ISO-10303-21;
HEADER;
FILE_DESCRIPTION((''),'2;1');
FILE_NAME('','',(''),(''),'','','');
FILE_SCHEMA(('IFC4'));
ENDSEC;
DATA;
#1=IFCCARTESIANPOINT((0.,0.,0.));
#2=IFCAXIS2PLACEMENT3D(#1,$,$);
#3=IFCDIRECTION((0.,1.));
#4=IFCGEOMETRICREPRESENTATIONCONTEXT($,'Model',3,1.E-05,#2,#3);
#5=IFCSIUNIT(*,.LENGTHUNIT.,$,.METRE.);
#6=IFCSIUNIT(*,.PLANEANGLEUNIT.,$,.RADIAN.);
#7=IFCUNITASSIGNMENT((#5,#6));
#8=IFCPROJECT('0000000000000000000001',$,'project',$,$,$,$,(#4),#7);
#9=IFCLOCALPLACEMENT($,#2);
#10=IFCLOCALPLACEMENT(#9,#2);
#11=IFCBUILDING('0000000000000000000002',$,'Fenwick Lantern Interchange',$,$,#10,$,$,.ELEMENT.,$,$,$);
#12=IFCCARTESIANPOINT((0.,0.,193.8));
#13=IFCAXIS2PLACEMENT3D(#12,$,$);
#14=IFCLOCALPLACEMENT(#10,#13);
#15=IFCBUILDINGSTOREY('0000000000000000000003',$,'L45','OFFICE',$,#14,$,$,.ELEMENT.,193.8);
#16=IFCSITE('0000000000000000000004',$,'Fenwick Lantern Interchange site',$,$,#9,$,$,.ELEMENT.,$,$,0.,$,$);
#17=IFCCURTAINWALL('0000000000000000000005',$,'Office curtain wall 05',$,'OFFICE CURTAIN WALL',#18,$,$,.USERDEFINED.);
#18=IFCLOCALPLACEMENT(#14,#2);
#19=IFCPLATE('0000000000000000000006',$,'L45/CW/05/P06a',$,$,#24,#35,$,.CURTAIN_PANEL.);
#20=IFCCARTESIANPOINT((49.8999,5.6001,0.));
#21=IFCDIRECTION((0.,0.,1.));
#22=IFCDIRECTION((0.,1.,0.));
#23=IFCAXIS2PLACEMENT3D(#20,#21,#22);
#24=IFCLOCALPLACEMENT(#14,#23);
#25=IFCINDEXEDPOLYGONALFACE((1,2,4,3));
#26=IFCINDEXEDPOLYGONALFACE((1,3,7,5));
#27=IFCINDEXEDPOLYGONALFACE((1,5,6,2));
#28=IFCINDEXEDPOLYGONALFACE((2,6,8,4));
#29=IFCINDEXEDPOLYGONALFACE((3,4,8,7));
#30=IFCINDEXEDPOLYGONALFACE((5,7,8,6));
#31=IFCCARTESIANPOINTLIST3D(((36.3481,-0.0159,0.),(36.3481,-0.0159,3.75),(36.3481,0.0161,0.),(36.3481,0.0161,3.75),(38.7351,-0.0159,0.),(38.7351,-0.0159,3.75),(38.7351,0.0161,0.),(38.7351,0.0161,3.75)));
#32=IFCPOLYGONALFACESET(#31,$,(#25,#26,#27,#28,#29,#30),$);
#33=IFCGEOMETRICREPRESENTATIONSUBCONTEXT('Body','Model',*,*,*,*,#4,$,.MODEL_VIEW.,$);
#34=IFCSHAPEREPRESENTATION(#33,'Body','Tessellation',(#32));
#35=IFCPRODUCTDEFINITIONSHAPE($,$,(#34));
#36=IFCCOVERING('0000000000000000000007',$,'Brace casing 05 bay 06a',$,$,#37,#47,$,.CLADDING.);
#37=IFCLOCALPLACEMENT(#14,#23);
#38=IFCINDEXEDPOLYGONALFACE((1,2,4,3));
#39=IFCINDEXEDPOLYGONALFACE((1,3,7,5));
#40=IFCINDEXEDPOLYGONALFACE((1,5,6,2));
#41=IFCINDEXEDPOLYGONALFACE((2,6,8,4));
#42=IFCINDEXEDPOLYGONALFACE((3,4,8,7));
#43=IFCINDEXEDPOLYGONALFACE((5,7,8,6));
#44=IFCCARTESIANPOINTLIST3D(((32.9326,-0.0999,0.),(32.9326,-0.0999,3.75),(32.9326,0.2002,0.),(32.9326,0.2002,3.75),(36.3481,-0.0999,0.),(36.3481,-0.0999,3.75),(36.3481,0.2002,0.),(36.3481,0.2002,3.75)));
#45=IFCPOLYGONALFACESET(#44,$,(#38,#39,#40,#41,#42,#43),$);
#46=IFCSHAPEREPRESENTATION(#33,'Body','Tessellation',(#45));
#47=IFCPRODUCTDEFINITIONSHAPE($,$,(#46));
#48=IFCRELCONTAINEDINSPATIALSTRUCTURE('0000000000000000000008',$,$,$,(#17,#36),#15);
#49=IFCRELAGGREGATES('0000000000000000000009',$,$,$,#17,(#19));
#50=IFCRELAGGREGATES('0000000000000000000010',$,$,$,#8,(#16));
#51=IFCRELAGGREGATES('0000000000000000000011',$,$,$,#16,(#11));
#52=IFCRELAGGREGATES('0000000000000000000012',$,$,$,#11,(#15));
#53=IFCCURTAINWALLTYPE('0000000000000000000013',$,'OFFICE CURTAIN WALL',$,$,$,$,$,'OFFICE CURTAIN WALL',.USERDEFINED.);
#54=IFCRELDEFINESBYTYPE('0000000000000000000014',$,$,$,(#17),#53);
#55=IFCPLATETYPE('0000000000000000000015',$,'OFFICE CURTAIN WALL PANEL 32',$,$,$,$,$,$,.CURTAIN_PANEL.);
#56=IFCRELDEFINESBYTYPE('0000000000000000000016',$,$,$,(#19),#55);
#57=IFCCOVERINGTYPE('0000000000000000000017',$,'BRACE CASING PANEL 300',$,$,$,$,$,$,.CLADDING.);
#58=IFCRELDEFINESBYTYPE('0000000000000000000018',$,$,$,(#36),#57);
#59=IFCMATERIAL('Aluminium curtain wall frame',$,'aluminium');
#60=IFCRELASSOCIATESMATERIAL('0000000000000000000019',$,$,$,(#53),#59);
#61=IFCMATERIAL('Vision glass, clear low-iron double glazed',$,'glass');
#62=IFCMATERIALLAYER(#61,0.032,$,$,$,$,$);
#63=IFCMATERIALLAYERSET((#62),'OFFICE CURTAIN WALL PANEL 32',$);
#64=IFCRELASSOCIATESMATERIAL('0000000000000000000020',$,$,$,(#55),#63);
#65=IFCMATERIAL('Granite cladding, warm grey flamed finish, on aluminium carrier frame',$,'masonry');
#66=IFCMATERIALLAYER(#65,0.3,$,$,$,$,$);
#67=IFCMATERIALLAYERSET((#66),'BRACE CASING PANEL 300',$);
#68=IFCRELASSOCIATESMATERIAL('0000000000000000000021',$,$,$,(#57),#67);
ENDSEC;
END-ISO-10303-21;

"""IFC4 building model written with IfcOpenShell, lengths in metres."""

from ifc_helpers import new_model, si_unit, direction, frame, origin, place, context, subcontext, project, spatial, polyline, outline, extrude, material, layer, layer_set, type_object, element, aggregate, save


model = new_model("IFC4")

# Units and contexts
model_context = context("Model", 3, precision=1e-05, world=origin(), true_north=direction((0.0, 1.0)))
body_context = subcontext(model_context, "Body", "Model", "MODEL_VIEW")
ifc_project = project(units=[si_unit("LENGTHUNIT", "METRE"), si_unit("PLANEANGLEUNIT", "RADIAN")], contexts=[model_context])

# Site, building, storey
site_placement = place(None, origin())
site = spatial("IfcSite", under=ifc_project, at=site_placement, Name="Fenwick Lantern Interchange site", CompositionType="ELEMENT", RefElevation=0.0)
building_placement = place(site_placement, origin())
building = spatial("IfcBuilding", under=site, at=building_placement, Name="Fenwick Lantern Interchange", CompositionType="ELEMENT")
storey_placement = place(building_placement, frame((0.0, 0.0, 193.8)))
storey = spatial("IfcBuildingStorey", under=building, at=storey_placement, Name="L45", Description="OFFICE", CompositionType="ELEMENT", Elevation=193.8)

# Curtain wall, plate
ifc_material_1 = material(Name="Aluminium curtain wall frame", Category="aluminium")
curtain_wall_type = type_object("IfcCurtainWallType", Name="OFFICE CURTAIN WALL", ElementType="OFFICE CURTAIN WALL", PredefinedType="USERDEFINED", material=ifc_material_1)
curtain_wall_placement = place(storey_placement, origin())
curtain_wall = element("IfcCurtainWall", 1, at=curtain_wall_placement, inside=storey, type_object=curtain_wall_type, Name="Office curtain wall 05", ObjectType="OFFICE CURTAIN WALL", PredefinedType="USERDEFINED")
ifc_material_2 = material(Name="Vision glass, clear low-iron double glazed", Category="glass")
ifc_layer_1 = layer(ifc_material_2, 0.032)
ifc_layer_set_1 = layer_set([ifc_layer_1], Name="OFFICE CURTAIN WALL PANEL 32")
plate_type = type_object("IfcPlateType", Name="OFFICE CURTAIN WALL PANEL 32", PredefinedType="CURTAIN_PANEL", material=ifc_layer_set_1)
plate_placement = place(storey_placement, frame((49.8999, 5.6001, 0.0), z_axis=(0.0, 0.0, 1.0), x_axis=(0.0, 1.0, 0.0)))
plate = element("IfcPlate", 2, at=plate_placement, type_object=plate_type, Name="L45/CW/05/P06a", PredefinedType="CURTAIN_PANEL", context=body_context, shape_type="SweptSolid", body=[
    extrude(outline(polyline([(36.3481, 0.0), (38.7351, 0.0), (38.7351, 3.75), (36.3481, 3.75), (36.3481, 0.0)])), frame((0.0, 0.0161, 0.0), z_axis=(0.0, -1.0, 0.0), x_axis=(1.0, 0.0, 0.0)), (0.0, 0.0, 1.0), 0.032),
])
aggregate(curtain_wall, [plate])

# Covering
ifc_material_3 = material(Name="Granite cladding, warm grey flamed finish, on aluminium carrier frame", Category="masonry")
ifc_layer_2 = layer(ifc_material_3, 0.3)
ifc_layer_set_2 = layer_set([ifc_layer_2], Name="BRACE CASING PANEL 300")
covering_type = type_object("IfcCoveringType", Name="BRACE CASING PANEL 300", PredefinedType="CLADDING", material=ifc_layer_set_2)
covering_placement = place(storey_placement, frame((49.8999, 5.6001, 0.0), z_axis=(0.0, 0.0, 1.0), x_axis=(0.0, 1.0, 0.0)))
element("IfcCovering", 3, at=covering_placement, inside=storey, type_object=covering_type, Name="Brace casing 05 bay 06a", PredefinedType="CLADDING", context=body_context, shape_type="SweptSolid", body=[
    extrude(outline(polyline([(32.9326, 0.0), (36.3481, 0.0), (36.3481, 3.75), (32.9326, 3.75), (32.9326, 0.0)])), frame((0.0, 0.2002, 0.0), z_axis=(0.0, -1.0, 0.0), x_axis=(1.0, 0.0, 0.0)), (0.0, 0.0, 1.0), 0.3),
])

save(model, "model.ifc")
